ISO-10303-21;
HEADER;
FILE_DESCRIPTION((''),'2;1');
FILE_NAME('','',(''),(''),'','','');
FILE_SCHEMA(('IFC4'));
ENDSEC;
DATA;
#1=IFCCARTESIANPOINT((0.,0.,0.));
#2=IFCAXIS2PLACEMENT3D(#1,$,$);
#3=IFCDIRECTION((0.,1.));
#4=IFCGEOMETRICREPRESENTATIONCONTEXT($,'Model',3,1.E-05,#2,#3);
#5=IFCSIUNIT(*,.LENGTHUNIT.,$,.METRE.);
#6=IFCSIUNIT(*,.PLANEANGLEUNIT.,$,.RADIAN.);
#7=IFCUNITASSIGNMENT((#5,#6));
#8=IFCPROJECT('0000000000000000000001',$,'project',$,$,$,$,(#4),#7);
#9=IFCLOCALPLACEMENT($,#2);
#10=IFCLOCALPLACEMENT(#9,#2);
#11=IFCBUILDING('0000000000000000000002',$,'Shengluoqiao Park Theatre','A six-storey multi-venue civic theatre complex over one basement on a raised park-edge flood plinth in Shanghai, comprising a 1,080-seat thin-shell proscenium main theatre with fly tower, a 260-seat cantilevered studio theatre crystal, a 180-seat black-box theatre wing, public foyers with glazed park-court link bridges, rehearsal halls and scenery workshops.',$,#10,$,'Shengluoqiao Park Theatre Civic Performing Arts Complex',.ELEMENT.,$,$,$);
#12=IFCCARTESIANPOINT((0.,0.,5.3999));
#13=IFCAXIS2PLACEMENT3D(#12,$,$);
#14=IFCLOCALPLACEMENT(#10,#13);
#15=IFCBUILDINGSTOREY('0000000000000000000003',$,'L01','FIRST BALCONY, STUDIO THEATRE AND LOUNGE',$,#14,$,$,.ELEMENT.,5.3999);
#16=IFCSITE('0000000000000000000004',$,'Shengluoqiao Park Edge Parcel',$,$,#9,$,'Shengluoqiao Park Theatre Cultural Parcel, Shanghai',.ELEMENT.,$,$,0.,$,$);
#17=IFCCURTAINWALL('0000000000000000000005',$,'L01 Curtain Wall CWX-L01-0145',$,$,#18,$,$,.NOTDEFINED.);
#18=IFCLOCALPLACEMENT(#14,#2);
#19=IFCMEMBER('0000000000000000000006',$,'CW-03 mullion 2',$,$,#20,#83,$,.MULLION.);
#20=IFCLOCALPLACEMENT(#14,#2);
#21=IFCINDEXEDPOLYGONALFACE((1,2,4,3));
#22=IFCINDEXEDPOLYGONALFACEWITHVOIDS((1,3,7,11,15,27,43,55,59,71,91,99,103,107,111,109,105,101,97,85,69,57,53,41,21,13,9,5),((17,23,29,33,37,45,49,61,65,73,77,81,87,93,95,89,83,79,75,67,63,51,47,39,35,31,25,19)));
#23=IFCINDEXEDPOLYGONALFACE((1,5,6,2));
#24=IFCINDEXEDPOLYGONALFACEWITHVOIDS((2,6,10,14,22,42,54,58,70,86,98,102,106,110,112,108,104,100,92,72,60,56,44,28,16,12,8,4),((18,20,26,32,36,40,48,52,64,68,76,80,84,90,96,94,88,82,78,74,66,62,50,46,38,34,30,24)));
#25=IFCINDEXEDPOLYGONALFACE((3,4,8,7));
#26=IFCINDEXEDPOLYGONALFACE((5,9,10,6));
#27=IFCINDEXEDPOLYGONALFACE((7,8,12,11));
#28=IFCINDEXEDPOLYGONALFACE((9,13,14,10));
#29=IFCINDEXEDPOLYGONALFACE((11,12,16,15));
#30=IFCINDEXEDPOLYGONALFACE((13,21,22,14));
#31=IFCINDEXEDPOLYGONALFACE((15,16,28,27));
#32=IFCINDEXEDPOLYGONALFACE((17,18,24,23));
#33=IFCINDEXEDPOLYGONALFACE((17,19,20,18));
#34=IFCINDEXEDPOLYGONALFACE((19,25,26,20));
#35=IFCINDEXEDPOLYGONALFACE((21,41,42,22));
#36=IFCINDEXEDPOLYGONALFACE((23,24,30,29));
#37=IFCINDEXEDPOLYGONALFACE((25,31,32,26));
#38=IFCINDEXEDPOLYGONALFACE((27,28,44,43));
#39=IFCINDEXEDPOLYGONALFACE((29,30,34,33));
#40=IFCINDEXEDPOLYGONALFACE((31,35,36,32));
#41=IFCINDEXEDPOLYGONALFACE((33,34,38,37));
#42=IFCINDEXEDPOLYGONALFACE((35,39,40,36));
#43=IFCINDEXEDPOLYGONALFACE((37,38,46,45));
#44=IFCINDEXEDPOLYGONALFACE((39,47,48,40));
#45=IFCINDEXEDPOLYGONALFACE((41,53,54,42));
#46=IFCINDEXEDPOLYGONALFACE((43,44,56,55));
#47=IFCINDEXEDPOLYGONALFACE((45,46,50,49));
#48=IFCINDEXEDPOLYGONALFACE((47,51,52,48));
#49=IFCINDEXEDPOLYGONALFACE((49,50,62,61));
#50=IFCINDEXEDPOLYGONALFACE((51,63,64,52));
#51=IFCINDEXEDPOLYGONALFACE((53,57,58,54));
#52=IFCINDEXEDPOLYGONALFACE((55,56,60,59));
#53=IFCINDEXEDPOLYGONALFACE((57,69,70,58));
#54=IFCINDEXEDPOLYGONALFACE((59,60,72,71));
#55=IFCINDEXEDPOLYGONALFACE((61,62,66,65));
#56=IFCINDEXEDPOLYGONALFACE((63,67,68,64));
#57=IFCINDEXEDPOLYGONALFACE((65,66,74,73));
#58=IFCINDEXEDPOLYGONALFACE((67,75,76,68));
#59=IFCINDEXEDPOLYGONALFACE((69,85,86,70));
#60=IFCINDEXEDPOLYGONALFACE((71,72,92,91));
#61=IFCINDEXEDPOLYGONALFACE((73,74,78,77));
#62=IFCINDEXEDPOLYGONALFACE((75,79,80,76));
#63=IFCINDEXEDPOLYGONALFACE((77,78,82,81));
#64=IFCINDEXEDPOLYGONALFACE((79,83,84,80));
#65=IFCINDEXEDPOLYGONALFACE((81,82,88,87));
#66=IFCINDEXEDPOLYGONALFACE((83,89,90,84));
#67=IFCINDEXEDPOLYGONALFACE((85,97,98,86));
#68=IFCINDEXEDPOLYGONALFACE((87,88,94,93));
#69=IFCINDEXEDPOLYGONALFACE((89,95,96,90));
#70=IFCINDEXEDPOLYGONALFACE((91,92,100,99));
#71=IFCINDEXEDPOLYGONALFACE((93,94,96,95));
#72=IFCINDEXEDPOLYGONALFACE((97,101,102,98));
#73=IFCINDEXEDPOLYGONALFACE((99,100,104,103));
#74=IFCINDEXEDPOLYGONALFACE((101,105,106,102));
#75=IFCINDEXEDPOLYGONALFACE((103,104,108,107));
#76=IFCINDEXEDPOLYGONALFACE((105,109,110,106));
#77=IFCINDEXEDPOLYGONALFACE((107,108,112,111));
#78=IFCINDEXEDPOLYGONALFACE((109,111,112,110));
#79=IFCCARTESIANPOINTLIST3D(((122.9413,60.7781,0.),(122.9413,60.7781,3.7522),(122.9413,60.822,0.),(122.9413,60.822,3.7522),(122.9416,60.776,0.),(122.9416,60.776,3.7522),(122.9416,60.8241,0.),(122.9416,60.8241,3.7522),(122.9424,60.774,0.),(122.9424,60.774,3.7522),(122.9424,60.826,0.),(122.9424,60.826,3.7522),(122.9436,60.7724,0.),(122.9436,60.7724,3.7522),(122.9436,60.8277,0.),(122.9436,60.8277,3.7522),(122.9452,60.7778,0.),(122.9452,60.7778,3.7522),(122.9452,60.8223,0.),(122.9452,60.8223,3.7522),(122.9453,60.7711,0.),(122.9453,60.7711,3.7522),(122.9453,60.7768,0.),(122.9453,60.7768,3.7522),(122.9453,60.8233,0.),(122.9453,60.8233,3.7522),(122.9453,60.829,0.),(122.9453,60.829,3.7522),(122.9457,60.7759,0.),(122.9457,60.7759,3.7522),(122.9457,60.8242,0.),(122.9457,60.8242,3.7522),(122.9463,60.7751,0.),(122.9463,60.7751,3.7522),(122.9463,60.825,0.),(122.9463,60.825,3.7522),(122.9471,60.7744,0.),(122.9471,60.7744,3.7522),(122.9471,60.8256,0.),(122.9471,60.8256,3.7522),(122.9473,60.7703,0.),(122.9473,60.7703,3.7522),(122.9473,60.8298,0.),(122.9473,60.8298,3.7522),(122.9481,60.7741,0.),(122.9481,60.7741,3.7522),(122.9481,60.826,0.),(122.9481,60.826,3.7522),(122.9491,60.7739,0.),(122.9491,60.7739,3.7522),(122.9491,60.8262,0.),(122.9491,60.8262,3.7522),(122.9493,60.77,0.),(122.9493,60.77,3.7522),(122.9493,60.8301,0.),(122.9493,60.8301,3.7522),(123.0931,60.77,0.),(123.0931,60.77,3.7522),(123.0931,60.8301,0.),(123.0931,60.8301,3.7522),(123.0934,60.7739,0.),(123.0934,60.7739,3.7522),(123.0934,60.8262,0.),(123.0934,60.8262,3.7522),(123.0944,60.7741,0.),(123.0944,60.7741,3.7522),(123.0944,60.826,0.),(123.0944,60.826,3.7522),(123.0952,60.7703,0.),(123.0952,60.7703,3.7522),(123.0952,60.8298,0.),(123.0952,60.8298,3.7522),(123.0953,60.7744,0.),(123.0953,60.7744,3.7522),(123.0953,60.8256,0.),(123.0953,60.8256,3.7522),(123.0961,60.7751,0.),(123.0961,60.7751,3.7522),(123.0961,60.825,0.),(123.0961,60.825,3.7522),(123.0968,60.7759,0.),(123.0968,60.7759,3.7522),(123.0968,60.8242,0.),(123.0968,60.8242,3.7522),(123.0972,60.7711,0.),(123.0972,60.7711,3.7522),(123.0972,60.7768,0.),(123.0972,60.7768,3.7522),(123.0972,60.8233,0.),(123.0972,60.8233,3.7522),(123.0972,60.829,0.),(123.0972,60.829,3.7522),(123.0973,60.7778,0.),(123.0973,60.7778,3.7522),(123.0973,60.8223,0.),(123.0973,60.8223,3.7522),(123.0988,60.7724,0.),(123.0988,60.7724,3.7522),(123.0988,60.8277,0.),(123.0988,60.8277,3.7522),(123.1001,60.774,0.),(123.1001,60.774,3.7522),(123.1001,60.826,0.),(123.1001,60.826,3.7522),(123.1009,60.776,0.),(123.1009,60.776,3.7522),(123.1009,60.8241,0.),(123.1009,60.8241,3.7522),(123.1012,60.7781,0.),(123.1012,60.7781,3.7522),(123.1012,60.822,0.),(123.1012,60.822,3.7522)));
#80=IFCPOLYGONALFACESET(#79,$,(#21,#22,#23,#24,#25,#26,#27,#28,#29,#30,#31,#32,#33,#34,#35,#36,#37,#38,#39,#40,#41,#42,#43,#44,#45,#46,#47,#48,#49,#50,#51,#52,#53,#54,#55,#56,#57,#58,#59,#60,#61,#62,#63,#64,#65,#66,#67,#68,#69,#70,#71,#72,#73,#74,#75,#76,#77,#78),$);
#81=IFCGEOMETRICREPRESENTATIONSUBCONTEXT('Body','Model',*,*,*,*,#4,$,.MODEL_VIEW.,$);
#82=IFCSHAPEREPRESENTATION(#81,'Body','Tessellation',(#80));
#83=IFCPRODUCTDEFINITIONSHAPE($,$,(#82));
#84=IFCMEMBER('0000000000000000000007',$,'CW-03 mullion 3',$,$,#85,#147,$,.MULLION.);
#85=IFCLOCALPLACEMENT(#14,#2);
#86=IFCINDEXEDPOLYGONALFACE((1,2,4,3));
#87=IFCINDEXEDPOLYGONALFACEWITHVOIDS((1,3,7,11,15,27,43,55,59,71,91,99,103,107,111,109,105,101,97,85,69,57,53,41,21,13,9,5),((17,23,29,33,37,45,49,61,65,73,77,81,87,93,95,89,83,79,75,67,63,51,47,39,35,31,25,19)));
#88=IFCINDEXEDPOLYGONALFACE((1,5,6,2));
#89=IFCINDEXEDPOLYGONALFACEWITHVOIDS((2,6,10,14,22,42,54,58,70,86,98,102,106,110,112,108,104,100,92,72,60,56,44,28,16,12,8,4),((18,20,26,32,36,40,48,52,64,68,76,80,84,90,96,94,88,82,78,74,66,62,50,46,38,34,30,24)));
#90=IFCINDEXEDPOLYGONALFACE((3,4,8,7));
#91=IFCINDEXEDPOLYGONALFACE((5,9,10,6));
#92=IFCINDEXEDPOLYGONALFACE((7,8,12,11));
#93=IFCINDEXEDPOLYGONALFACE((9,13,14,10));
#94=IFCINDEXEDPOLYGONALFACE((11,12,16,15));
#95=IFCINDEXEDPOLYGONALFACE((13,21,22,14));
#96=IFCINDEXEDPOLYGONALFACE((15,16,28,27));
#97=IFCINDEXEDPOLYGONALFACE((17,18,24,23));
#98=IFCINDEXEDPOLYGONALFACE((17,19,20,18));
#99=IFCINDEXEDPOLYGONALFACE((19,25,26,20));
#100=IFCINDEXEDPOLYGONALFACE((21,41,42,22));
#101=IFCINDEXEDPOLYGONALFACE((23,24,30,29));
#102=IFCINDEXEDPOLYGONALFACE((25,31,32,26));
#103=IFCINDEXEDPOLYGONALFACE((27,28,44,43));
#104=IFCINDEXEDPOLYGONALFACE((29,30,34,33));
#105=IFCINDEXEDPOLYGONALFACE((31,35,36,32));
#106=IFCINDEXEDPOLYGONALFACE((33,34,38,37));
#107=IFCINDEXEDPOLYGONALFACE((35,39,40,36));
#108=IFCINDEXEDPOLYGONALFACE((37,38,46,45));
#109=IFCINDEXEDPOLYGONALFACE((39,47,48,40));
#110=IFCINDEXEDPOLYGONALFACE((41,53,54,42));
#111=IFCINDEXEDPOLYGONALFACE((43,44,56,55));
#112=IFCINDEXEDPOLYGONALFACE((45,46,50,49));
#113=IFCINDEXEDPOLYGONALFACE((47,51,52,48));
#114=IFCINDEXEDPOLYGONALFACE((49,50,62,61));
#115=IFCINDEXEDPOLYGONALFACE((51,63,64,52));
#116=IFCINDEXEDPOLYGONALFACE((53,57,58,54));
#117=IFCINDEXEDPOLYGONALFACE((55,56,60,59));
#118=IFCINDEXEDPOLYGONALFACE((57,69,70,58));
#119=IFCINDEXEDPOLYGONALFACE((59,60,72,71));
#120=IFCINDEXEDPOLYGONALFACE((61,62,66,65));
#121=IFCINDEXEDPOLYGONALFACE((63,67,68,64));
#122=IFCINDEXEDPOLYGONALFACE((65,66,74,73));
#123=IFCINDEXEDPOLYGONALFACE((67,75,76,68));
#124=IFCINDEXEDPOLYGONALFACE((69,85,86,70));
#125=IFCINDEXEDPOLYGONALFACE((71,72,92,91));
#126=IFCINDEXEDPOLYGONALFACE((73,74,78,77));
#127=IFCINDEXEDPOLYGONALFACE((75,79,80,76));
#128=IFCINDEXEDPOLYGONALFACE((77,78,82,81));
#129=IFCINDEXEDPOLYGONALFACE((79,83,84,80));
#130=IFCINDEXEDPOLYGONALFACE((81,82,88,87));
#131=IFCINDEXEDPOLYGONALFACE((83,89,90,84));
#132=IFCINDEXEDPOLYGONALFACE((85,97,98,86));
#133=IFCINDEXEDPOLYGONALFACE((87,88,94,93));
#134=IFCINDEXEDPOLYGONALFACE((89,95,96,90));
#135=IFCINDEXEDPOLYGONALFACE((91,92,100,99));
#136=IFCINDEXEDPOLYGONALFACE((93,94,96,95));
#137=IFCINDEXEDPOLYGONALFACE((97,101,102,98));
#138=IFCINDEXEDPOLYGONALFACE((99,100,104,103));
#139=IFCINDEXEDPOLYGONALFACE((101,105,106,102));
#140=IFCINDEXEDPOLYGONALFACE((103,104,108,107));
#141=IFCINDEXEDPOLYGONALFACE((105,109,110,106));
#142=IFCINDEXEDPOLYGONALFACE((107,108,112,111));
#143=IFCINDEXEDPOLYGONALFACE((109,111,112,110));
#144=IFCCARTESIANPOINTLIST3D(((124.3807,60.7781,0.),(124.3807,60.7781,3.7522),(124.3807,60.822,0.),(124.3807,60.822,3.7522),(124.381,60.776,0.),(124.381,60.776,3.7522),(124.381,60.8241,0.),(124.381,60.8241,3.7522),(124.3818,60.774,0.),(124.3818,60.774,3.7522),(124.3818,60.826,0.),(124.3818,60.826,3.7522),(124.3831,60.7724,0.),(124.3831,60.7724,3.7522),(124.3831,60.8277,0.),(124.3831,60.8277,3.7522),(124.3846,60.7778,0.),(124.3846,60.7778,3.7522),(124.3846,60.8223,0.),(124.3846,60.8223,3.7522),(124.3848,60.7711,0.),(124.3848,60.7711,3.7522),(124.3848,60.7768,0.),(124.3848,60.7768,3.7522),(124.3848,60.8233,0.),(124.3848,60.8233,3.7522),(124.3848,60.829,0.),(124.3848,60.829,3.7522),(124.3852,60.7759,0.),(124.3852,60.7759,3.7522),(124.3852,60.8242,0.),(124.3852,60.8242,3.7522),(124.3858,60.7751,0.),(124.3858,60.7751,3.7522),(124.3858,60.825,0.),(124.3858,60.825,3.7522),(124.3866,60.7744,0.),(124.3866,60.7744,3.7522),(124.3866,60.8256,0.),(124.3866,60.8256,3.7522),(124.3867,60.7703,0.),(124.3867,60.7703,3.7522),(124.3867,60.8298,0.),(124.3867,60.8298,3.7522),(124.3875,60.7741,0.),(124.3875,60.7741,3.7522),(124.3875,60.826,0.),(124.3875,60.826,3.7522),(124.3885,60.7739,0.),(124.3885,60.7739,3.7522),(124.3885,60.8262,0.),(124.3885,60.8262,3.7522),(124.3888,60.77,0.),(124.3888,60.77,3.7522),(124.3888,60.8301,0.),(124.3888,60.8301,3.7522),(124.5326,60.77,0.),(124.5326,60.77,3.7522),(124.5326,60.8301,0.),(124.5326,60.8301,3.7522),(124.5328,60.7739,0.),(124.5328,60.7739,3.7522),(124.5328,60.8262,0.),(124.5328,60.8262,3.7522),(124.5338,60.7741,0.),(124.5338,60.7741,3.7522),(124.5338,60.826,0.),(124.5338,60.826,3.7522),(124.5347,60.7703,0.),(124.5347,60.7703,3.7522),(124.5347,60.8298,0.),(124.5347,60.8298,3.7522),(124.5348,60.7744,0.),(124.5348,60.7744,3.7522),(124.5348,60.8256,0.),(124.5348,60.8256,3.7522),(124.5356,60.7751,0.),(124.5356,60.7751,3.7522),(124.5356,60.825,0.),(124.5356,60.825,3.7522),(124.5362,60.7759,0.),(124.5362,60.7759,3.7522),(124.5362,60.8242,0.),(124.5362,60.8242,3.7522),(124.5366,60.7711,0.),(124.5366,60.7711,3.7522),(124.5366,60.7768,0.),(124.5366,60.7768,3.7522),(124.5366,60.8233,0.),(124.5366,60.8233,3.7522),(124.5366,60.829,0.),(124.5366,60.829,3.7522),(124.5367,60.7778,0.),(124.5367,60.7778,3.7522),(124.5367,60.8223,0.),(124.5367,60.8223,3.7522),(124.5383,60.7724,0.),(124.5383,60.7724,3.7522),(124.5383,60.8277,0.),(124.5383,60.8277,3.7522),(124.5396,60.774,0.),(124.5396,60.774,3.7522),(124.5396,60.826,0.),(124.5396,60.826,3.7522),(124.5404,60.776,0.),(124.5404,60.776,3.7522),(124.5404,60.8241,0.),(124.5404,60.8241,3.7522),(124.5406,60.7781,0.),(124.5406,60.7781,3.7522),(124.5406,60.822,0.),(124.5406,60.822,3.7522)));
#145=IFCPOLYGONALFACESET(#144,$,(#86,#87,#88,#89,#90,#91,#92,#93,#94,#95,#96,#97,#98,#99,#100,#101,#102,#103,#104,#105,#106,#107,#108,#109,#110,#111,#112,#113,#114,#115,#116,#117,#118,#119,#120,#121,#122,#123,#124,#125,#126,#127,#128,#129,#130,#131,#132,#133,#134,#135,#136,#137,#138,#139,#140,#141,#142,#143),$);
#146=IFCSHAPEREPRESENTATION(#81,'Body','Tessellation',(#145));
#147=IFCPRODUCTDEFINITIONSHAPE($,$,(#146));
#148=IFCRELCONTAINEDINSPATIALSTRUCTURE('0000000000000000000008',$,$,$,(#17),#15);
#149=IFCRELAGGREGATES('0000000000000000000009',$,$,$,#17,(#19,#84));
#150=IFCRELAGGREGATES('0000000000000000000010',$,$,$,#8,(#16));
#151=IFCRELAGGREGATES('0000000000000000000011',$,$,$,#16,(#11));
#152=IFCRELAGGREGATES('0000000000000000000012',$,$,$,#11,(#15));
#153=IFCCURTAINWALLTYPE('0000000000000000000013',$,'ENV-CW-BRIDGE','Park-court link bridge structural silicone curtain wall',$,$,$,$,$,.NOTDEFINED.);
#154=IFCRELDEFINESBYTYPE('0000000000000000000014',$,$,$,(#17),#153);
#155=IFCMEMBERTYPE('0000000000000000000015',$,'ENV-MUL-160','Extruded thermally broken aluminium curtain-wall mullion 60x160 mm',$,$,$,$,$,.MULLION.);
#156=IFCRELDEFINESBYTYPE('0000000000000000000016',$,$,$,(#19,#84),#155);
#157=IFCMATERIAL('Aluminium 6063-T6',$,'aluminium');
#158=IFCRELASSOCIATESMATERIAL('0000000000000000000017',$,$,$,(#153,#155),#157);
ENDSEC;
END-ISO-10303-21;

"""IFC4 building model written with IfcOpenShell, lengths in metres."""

from ifc_helpers import new_model, si_unit, direction, frame, origin, origin_2d, place, context, subcontext, project, spatial, hollow_rectangle, extrude, material, material_profile, profile_set, type_object, element, aggregate, save


model = new_model("IFC4")

# Units and contexts
model_context = context("Model", 3, precision=1e-05, world=origin(), true_north=direction((0.0, 1.0)))
body_context = subcontext(model_context, "Body", "Model", "MODEL_VIEW")
ifc_project = project(units=[si_unit("LENGTHUNIT", "METRE"), si_unit("PLANEANGLEUNIT", "RADIAN")], contexts=[model_context])

# Site, building, storey
site_placement = place(None, origin())
site = spatial("IfcSite", under=ifc_project, at=site_placement, Name="Shengluoqiao Park Edge Parcel", LongName="Shengluoqiao Park Theatre Cultural Parcel, Shanghai", CompositionType="ELEMENT", RefElevation=0.0)
building_placement = place(site_placement, origin())
building = spatial("IfcBuilding", under=site, at=building_placement, Name="Shengluoqiao Park Theatre", Description="A six-storey multi-venue civic theatre complex over one basement on a raised park-edge flood plinth in Shanghai, comprising a 1,080-seat thin-shell proscenium main theatre with fly tower, a 260-seat cantilevered studio theatre crystal, a 180-seat black-box theatre wing, public foyers with glazed park-court link bridges, rehearsal halls and scenery workshops.", LongName="Shengluoqiao Park Theatre Civic Performing Arts Complex", CompositionType="ELEMENT")
storey_placement = place(building_placement, frame((0.0, 0.0, 5.3999)))
storey = spatial("IfcBuildingStorey", under=building, at=storey_placement, Name="L01", Description="FIRST BALCONY, STUDIO THEATRE AND LOUNGE", CompositionType="ELEMENT", Elevation=5.3999)

# Curtain wall, members
ifc_material_1 = material(Name="Aluminium 6063-T6", Category="aluminium")
curtain_wall_type = type_object("IfcCurtainWallType", Name="ENV-CW-BRIDGE", Description="Park-court link bridge structural silicone curtain wall", PredefinedType="NOTDEFINED", material=ifc_material_1)
curtain_wall_placement = place(storey_placement, origin())
curtain_wall = element("IfcCurtainWall", 1, at=curtain_wall_placement, inside=storey, type_object=curtain_wall_type, Name="L01 Curtain Wall CWX-L01-0145", PredefinedType="NOTDEFINED")
ifc_material_profile_1 = material_profile(ifc_material_1, hollow_rectangle(XDim=0.0601, YDim=0.1599, WallThickness=0.0039, InnerFilletRadius=0.0039, OuterFilletRadius=0.0081, at=origin_2d()), Name="ALU MULLION 160x60x4")
ifc_profile_set_1 = profile_set([ifc_material_profile_1], Name="Aluminium 6063-T6")
member_type_1 = type_object("IfcMemberType", Name="ENV-MUL-160", Description="Extruded thermally broken aluminium curtain-wall mullion 60x160 mm", PredefinedType="MULLION", material=ifc_profile_set_1)
member_1_placement = place(storey_placement, frame((123.0212, 60.8, 0.0), z_axis=(0.0, 0.0, 1.0), x_axis=(0.0, 1.0, 0.0)))
member_1 = element("IfcMember", 2, at=member_1_placement, type_object=member_type_1, Name="CW-03 mullion 2", PredefinedType="MULLION", context=body_context, shape_type="SweptSolid", body=[
    extrude(hollow_rectangle(XDim=0.0601, YDim=0.1599, WallThickness=0.0039, InnerFilletRadius=0.0039, OuterFilletRadius=0.0081, at=origin_2d()), origin(), (0.0, 0.0, 1.0), 3.7522),
])
member_2_placement = place(storey_placement, frame((124.4607, 60.8, 0.0), z_axis=(0.0, 0.0, 1.0), x_axis=(0.0, 1.0, 0.0)))
member_2 = element("IfcMember", 3, at=member_2_placement, type_object=member_type_1, Name="CW-03 mullion 3", PredefinedType="MULLION", context=body_context, shape_type="SweptSolid", body=[
    extrude(hollow_rectangle(XDim=0.0601, YDim=0.1599, WallThickness=0.0039, InnerFilletRadius=0.0039, OuterFilletRadius=0.0081, at=origin_2d()), origin(), (0.0, 0.0, 1.0), 3.7522),
])

aggregate(curtain_wall, [member_1, member_2])

save(model, "model.ifc")
